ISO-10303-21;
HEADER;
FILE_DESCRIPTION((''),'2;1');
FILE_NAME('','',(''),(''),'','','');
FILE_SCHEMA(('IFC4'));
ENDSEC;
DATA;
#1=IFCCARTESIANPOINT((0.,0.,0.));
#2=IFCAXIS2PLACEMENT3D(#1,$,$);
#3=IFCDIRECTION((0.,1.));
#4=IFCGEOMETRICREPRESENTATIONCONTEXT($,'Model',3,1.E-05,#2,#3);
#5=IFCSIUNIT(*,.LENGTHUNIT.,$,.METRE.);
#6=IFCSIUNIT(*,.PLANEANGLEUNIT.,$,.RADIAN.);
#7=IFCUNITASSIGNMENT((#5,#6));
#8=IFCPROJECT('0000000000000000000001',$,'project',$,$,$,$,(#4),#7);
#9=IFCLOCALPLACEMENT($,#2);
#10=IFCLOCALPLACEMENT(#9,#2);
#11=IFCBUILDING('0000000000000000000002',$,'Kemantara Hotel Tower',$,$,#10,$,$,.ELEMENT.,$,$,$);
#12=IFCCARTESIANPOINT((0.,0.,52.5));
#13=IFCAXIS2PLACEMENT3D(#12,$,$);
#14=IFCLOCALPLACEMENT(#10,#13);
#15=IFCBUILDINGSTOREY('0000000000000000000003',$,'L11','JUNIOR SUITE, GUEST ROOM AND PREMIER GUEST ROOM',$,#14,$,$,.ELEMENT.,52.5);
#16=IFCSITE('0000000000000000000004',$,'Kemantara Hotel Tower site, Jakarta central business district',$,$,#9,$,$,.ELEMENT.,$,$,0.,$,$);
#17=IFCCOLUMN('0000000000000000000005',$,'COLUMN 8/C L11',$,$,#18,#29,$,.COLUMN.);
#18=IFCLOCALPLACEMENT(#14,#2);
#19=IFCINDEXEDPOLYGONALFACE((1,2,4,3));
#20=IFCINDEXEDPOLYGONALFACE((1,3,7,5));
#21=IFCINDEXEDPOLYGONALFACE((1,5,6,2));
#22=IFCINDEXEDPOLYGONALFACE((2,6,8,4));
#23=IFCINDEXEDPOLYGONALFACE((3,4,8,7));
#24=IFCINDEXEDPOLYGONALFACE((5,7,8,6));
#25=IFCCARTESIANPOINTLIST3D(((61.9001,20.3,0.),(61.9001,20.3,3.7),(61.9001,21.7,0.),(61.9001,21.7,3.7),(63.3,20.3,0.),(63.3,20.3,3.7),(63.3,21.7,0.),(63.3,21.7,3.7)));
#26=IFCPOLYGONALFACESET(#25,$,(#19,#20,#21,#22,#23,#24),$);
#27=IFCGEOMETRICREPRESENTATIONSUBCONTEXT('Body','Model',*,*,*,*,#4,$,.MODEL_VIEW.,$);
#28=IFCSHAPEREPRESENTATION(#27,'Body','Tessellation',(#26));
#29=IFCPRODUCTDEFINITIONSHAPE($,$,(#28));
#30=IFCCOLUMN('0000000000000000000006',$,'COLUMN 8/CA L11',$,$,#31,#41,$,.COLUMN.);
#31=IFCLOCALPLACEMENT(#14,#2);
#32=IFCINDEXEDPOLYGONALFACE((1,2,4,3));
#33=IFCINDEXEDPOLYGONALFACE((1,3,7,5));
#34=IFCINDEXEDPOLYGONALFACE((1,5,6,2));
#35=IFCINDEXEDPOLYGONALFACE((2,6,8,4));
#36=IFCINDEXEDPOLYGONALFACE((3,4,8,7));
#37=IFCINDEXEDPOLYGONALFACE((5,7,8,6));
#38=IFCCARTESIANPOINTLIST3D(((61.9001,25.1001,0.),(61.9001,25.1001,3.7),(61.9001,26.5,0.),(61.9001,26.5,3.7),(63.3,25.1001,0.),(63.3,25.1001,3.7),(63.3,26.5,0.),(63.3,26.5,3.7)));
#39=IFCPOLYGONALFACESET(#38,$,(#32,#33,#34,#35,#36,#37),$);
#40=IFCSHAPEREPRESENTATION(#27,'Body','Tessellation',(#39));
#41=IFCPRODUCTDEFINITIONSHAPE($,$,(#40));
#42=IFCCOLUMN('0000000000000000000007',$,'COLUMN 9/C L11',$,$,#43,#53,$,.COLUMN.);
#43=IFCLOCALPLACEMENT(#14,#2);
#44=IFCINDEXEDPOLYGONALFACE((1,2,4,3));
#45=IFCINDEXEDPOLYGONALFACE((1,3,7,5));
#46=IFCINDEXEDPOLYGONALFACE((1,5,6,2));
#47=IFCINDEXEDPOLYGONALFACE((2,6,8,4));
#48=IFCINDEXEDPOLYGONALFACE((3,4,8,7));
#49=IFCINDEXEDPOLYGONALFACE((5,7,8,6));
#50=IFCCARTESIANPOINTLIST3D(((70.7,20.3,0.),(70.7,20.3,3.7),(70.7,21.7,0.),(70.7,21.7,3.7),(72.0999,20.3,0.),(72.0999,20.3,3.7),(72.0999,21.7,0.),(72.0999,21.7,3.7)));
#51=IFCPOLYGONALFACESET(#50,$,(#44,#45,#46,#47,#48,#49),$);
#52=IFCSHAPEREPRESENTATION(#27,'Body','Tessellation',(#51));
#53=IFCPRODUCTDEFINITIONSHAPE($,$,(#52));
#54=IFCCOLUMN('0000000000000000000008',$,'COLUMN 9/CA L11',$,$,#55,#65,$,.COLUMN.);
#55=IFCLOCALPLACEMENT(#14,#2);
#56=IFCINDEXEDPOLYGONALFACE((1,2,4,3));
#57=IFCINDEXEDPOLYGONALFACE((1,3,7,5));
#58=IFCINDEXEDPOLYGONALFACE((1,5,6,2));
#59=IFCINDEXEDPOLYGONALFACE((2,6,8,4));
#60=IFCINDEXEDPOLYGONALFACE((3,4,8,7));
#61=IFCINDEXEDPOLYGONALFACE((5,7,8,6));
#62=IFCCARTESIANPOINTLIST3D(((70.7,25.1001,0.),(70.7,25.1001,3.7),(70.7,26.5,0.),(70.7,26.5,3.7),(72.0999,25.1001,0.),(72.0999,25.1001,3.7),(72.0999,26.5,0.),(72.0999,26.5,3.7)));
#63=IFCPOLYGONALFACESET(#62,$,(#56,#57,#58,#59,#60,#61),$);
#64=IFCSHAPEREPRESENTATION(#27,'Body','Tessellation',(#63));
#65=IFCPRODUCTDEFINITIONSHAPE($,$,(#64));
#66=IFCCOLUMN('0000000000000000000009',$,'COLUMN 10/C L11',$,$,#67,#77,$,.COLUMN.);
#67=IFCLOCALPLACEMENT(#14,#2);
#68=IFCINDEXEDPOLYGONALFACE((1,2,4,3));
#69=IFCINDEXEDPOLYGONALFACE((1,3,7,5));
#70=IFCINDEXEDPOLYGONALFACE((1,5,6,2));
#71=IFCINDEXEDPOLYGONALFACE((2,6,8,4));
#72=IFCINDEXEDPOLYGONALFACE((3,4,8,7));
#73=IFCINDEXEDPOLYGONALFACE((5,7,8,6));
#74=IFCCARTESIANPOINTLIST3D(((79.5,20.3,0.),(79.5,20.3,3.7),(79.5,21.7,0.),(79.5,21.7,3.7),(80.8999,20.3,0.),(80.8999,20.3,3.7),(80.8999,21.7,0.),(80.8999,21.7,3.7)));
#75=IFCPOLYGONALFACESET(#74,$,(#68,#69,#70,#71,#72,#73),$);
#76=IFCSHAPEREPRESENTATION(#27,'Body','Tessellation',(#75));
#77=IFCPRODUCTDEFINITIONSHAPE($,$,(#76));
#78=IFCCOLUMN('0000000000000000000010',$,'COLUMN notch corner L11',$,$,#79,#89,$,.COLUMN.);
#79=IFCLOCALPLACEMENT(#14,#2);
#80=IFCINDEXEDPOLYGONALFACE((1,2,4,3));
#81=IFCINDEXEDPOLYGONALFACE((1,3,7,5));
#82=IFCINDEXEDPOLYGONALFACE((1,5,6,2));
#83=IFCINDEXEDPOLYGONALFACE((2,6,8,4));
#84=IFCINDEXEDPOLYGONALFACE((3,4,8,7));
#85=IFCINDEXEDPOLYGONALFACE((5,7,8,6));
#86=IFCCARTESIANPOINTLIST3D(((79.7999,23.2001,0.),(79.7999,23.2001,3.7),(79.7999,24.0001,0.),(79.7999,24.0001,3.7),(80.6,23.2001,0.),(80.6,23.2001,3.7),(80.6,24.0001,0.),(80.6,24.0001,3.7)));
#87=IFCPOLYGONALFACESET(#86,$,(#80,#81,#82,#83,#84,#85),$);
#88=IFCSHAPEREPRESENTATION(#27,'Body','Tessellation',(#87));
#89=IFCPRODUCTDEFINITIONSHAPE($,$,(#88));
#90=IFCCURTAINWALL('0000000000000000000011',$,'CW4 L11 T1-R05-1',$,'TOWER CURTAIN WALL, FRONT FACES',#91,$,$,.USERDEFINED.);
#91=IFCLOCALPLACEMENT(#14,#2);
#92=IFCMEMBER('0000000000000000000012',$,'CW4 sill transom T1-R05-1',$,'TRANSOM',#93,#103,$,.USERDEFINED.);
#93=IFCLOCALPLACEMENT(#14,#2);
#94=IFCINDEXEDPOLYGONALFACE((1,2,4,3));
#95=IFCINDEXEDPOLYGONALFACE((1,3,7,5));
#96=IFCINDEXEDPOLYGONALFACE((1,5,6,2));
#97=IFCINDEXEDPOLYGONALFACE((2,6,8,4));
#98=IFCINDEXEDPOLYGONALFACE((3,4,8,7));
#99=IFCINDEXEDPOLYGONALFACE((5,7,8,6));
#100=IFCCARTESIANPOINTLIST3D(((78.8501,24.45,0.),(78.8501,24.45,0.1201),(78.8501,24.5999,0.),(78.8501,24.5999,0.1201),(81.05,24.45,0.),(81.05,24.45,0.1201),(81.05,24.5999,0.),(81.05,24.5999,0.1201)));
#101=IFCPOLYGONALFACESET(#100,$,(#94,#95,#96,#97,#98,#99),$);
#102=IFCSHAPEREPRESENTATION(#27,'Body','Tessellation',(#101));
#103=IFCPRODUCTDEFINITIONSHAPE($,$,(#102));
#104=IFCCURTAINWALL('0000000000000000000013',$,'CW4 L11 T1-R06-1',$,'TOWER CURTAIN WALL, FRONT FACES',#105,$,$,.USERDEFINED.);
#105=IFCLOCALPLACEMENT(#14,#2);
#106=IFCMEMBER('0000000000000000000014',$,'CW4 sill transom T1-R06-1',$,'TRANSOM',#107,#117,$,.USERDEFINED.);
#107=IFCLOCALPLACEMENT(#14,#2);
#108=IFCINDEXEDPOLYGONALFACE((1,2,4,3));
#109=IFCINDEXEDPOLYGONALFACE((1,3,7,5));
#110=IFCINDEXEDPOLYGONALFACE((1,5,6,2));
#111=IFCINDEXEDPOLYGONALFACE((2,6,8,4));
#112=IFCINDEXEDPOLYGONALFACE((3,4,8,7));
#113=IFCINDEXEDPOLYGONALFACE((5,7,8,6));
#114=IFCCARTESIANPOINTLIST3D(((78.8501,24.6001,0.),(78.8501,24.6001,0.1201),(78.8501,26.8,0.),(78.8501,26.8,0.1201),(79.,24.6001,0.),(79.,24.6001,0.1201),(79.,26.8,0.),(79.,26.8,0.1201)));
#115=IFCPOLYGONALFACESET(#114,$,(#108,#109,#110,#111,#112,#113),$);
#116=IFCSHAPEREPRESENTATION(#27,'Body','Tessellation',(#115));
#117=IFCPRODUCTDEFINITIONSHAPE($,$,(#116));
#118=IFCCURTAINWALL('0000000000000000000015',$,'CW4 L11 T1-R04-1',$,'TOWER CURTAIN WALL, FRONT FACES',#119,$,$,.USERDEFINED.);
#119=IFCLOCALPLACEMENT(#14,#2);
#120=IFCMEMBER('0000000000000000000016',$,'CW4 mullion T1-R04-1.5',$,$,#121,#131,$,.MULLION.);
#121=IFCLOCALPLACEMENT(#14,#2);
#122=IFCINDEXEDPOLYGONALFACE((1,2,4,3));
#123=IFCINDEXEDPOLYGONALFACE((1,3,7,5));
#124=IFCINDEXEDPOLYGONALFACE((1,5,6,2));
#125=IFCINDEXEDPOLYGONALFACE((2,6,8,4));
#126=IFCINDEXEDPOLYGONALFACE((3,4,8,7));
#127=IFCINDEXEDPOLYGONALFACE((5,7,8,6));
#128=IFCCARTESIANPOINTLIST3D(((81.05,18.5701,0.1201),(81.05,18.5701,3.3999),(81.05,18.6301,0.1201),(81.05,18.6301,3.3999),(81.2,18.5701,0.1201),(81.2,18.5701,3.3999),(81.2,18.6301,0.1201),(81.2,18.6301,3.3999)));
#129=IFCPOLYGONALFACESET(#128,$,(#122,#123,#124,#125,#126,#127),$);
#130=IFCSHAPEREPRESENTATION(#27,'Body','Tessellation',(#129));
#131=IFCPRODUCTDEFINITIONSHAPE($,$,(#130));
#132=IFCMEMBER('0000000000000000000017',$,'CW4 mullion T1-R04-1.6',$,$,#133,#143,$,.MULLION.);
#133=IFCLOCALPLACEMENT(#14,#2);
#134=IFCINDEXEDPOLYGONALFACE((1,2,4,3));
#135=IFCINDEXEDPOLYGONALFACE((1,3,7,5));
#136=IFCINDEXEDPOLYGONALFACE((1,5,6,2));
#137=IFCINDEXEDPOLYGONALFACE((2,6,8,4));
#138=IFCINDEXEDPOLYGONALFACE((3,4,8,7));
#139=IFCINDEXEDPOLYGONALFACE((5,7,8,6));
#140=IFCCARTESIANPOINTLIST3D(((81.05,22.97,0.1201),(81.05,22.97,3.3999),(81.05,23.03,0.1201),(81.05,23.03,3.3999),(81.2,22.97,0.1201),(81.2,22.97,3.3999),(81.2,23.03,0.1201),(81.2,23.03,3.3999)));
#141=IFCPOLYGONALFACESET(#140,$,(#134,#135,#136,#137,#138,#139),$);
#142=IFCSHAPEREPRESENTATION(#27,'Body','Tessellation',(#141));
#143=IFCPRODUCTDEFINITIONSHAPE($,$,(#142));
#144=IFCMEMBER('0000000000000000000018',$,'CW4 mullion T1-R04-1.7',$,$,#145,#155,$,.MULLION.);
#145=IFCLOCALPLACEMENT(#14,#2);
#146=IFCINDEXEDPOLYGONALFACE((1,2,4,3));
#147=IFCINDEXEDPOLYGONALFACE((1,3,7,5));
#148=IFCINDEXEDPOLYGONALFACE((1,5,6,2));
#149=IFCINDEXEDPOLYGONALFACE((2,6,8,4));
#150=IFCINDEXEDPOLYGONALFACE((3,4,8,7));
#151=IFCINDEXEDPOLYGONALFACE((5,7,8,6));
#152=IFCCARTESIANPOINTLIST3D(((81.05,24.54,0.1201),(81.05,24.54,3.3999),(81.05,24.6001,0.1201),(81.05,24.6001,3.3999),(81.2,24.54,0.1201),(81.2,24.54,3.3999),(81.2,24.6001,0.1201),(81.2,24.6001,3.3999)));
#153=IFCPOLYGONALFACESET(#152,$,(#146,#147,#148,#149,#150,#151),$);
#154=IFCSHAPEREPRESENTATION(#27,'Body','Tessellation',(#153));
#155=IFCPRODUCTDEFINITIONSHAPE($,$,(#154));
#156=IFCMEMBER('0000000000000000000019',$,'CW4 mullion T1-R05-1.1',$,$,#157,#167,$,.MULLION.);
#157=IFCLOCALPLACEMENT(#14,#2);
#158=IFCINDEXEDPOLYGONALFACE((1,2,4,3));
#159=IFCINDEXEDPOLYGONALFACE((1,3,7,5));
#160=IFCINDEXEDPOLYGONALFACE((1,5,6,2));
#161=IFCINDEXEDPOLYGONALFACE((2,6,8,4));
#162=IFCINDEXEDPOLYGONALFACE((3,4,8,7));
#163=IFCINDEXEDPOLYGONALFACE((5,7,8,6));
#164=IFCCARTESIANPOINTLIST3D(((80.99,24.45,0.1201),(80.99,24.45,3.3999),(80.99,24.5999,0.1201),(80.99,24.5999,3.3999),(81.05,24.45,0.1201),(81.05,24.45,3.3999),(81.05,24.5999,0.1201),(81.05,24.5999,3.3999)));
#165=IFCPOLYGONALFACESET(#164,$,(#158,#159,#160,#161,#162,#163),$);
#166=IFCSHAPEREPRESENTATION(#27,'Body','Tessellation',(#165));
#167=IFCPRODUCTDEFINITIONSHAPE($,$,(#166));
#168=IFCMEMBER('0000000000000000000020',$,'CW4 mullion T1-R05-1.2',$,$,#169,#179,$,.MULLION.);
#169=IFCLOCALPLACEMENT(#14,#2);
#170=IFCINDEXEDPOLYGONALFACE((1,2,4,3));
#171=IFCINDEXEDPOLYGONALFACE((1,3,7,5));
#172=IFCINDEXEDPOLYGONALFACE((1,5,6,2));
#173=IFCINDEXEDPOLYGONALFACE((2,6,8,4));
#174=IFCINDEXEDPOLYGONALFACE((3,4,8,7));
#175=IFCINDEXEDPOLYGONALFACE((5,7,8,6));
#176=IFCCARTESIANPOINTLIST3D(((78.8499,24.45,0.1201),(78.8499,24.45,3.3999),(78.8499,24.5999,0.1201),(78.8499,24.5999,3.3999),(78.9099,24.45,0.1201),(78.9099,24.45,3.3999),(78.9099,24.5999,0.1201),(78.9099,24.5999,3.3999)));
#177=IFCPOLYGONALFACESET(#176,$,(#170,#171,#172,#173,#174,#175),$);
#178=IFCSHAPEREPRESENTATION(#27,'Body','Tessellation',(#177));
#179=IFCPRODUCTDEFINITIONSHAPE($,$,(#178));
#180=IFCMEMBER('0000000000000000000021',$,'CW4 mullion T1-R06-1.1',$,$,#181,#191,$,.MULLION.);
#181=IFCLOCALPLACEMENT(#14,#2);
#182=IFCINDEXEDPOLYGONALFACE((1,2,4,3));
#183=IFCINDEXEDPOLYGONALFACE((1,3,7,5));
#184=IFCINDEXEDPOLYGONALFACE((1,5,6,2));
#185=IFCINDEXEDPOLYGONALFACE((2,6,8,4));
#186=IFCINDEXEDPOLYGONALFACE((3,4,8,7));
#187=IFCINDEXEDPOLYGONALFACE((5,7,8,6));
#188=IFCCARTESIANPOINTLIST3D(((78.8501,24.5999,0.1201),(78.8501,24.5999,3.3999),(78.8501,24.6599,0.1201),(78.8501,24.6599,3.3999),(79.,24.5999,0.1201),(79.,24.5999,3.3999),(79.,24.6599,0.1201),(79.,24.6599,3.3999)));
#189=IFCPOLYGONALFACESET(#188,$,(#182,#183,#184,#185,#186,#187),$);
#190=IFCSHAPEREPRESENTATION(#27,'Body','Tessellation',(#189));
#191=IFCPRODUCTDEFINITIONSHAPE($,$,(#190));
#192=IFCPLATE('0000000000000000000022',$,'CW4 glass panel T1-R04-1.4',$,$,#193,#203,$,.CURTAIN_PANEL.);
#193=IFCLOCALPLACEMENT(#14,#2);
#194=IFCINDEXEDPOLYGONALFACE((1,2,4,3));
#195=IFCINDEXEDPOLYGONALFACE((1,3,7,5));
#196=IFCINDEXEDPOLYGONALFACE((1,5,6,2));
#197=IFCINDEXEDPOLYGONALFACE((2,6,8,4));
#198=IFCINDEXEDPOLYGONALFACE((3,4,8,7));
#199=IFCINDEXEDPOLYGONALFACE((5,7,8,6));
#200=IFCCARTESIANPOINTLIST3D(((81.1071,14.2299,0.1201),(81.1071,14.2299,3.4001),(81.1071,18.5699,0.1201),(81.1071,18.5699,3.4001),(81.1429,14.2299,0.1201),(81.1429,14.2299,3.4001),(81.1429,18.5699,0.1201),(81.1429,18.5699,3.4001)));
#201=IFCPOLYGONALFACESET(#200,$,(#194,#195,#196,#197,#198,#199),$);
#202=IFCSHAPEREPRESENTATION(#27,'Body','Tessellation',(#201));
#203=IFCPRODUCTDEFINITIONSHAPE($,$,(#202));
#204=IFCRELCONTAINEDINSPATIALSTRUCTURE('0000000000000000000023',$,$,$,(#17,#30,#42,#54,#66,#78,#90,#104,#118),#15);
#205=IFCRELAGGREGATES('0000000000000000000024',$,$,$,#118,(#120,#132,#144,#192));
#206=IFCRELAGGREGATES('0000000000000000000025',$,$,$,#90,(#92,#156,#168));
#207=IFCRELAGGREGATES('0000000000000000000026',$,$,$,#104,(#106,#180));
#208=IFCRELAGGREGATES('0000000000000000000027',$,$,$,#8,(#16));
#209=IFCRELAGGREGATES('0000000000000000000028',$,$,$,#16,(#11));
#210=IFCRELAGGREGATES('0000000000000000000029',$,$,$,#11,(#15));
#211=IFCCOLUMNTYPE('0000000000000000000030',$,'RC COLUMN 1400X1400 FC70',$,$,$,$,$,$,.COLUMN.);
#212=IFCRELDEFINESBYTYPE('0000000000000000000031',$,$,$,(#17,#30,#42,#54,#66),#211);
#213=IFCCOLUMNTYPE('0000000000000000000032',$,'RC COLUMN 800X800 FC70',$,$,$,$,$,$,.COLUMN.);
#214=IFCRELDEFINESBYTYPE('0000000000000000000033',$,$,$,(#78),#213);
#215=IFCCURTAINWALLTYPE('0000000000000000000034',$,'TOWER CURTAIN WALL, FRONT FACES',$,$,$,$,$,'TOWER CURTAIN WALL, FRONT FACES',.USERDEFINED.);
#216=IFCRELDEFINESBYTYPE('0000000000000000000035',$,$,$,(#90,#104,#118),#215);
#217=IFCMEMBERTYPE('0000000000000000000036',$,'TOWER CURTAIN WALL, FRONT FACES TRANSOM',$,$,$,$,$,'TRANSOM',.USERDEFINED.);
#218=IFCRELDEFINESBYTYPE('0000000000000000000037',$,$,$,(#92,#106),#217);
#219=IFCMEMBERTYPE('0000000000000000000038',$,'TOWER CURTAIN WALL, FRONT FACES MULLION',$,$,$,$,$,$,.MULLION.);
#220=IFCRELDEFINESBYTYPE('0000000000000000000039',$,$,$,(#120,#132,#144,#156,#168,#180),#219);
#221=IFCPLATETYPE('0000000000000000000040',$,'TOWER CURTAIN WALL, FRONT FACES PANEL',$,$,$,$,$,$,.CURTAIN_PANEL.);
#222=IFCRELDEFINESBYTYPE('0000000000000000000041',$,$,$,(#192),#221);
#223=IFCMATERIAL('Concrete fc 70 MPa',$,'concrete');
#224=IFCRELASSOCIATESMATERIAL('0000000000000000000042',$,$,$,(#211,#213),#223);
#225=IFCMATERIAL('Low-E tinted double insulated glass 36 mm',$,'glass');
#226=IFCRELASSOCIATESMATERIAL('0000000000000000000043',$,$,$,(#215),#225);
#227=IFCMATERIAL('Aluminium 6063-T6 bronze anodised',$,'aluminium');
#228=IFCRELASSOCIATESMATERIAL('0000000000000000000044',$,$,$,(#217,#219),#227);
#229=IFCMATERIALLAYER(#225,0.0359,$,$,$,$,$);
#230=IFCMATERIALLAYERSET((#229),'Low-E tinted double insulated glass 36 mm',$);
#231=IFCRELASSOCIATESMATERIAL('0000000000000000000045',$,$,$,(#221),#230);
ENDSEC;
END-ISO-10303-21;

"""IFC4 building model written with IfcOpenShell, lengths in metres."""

from ifc_helpers import new_model, si_unit, direction, frame, origin, origin_2d, place, context, subcontext, project, spatial, rectangle, extrude, source, transform, mapped, material, layer, layer_set, material_profile, profile_set, type_object, element, aggregate, save


model = new_model("IFC4")

# Units and contexts
model_context = context("Model", 3, precision=1e-05, world=origin(), true_north=direction((0.0, 1.0)))
body_context = subcontext(model_context, "Body", "Model", "MODEL_VIEW")
ifc_project = project(units=[si_unit("LENGTHUNIT", "METRE"), si_unit("PLANEANGLEUNIT", "RADIAN")], contexts=[model_context])

# Site, building, storey
site_placement = place(None, origin())
site = spatial("IfcSite", under=ifc_project, at=site_placement, Name="Kemantara Hotel Tower site, Jakarta central business district", CompositionType="ELEMENT", RefElevation=0.0)
building_placement = place(site_placement, origin())
building = spatial("IfcBuilding", under=site, at=building_placement, Name="Kemantara Hotel Tower", CompositionType="ELEMENT")
storey_placement = place(building_placement, frame((0.0, 0.0, 52.5)))
storey = spatial("IfcBuildingStorey", under=building, at=storey_placement, Name="L11", Description="JUNIOR SUITE, GUEST ROOM AND PREMIER GUEST ROOM", CompositionType="ELEMENT", Elevation=52.5)

# Columns
ifc_material_1 = material(Name="Concrete fc 70 MPa", Category="concrete")
ifc_material_profile_1 = material_profile(ifc_material_1, rectangle(XDim=1.3999, YDim=1.3999, at=origin_2d()), Name="RC 1400X1400")
ifc_profile_set_1 = profile_set([ifc_material_profile_1], Name="Concrete fc 70 MPa")
column_type_1 = type_object("IfcColumnType", Name="RC COLUMN 1400X1400 FC70", PredefinedType="COLUMN", material=ifc_profile_set_1)
for number, where, z_axis, x_axis, name in (
    (1, (62.6001, 21.0, 0.0), (0.0, 0.0, 1.0), (1.0, 0.0, 0.0), "COLUMN 8/C L11"),
    (2, (62.6001, 25.8, 0.0), (0.0, 0.0, 1.0), (1.0, 0.0, 0.0), "COLUMN 8/CA L11"),
    (3, (71.3999, 21.0, 0.0), (0.0, 0.0, 1.0), (1.0, 0.0, 0.0), "COLUMN 9/C L11"),
    (4, (71.3999, 25.8, 0.0), (0.0, 0.0, 1.0), (1.0, 0.0, 0.0), "COLUMN 9/CA L11"),
    (5, (80.2, 21.0, 0.0), (0.0, 0.0, 1.0), (1.0, 0.0, 0.0), "COLUMN 10/C L11"),
):
    element("IfcColumn", number, at=place(storey_placement, frame(where, z_axis=z_axis, x_axis=x_axis)), inside=storey, type_object=column_type_1, Name=name, PredefinedType="COLUMN", context=body_context, shape_type="SweptSolid", body=[
        extrude(rectangle(XDim=1.3999, YDim=1.3999, at=origin_2d()), origin(), (0.0, 0.0, 1.0), 3.7),
    ])
ifc_material_profile_2 = material_profile(ifc_material_1, rectangle(XDim=0.8, YDim=0.8, at=origin_2d()), Name="RC 800X800")
ifc_profile_set_2 = profile_set([ifc_material_profile_2], Name="Concrete fc 70 MPa")
column_type_2 = type_object("IfcColumnType", Name="RC COLUMN 800X800 FC70", PredefinedType="COLUMN", material=ifc_profile_set_2)
column_placement = place(storey_placement, frame((80.2, 23.6001, 0.0), z_axis=(0.0, 0.0, 1.0), x_axis=(1.0, 0.0, 0.0)))
element("IfcColumn", 6, at=column_placement, inside=storey, type_object=column_type_2, Name="COLUMN notch corner L11", PredefinedType="COLUMN", context=body_context, shape_type="SweptSolid", body=[
    extrude(rectangle(XDim=0.8, YDim=0.8, at=origin_2d()), origin(), (0.0, 0.0, 1.0), 3.7),
])

# Curtain walls, members
ifc_material_2 = material(Name="Low-E tinted double insulated glass 36 mm", Category="glass")
curtain_wall_type = type_object("IfcCurtainWallType", Name="TOWER CURTAIN WALL, FRONT FACES", ElementType="TOWER CURTAIN WALL, FRONT FACES", PredefinedType="USERDEFINED", material=ifc_material_2)
curtain_wall_1_placement = place(storey_placement, origin())
curtain_wall_1 = element("IfcCurtainWall", 7, at=curtain_wall_1_placement, inside=storey, type_object=curtain_wall_type, Name="CW4 L11 T1-R05-1", ObjectType="TOWER CURTAIN WALL, FRONT FACES", PredefinedType="USERDEFINED")
ifc_material_3 = material(Name="Aluminium 6063-T6 bronze anodised", Category="aluminium")
ifc_material_profile_3 = material_profile(ifc_material_3, rectangle(XDim=0.1499, YDim=0.1201, at=origin_2d()), Name="TOWER CURTAIN WALL, FRONT FACES TRANSOM")
ifc_profile_set_3 = profile_set([ifc_material_profile_3], Name="Aluminium 6063-T6 bronze anodised")
member_type_1 = type_object("IfcMemberType", Name="TOWER CURTAIN WALL, FRONT FACES TRANSOM", ElementType="TRANSOM", PredefinedType="USERDEFINED", material=ifc_profile_set_3)
member_1_placement = place(storey_placement, frame((81.05, 24.5249, 0.0601), z_axis=(-1.0, 0.0, 0.0), x_axis=(0.0, -1.0, 0.0)))
member_1 = element("IfcMember", 8, at=member_1_placement, type_object=member_type_1, Name="CW4 sill transom T1-R05-1", ObjectType="TRANSOM", PredefinedType="USERDEFINED", context=body_context, shape_type="SweptSolid", body=[
    extrude(rectangle(XDim=0.1499, YDim=0.1201, at=origin_2d()), origin(), (0.0, 0.0, 1.0), 2.2),
])
curtain_wall_2_placement = place(storey_placement, origin())
curtain_wall_2 = element("IfcCurtainWall", 9, at=curtain_wall_2_placement, inside=storey, type_object=curtain_wall_type, Name="CW4 L11 T1-R06-1", ObjectType="TOWER CURTAIN WALL, FRONT FACES", PredefinedType="USERDEFINED")
member_2_placement = place(storey_placement, frame((78.925, 24.6001, 0.0601), z_axis=(0.0, 1.0, 0.0), x_axis=(-1.0, 0.0, 0.0)))
member_2 = element("IfcMember", 10, at=member_2_placement, type_object=member_type_1, Name="CW4 sill transom T1-R06-1", ObjectType="TRANSOM", PredefinedType="USERDEFINED", context=body_context, shape_type="SweptSolid", body=[
    extrude(rectangle(XDim=0.1499, YDim=0.1201, at=origin_2d()), origin(), (0.0, 0.0, 1.0), 2.2),
])

# Curtain wall, members
curtain_wall_3_placement = place(storey_placement, origin())
curtain_wall_3 = element("IfcCurtainWall", 11, at=curtain_wall_3_placement, inside=storey, type_object=curtain_wall_type, Name="CW4 L11 T1-R04-1", ObjectType="TOWER CURTAIN WALL, FRONT FACES", PredefinedType="USERDEFINED")
ifc_material_profile_4 = material_profile(ifc_material_3, rectangle(XDim=0.1499, YDim=0.0601, at=origin_2d()), Name="TOWER CURTAIN WALL, FRONT FACES MULLION")
ifc_profile_set_4 = profile_set([ifc_material_profile_4], Name="Aluminium 6063-T6 bronze anodised")
member_type_2 = type_object("IfcMemberType", Name="TOWER CURTAIN WALL, FRONT FACES MULLION", PredefinedType="MULLION", material=ifc_profile_set_4)
shared_shape_1 = source(origin(), body_context, "Body", "SweptSolid", [
    extrude(rectangle(XDim=0.1499, YDim=0.0601, at=origin_2d()), origin(), (0.0, 0.0, 1.0), 3.2798),
])
member_3_placement = place(storey_placement, frame((81.125, 18.6001, 0.1201), z_axis=(0.0, 0.0, 1.0), x_axis=(-1.0, 0.0, 0.0)))
member_3 = element("IfcMember", 12, at=member_3_placement, type_object=member_type_2, Name="CW4 mullion T1-R04-1.5", PredefinedType="MULLION", context=body_context, shape_type="MappedRepresentation", body=[
    mapped(shared_shape_1, transform((0.0, 0.0, 0.0))),
])
member_4_placement = place(storey_placement, frame((81.125, 23.0, 0.1201), z_axis=(0.0, 0.0, 1.0), x_axis=(-1.0, 0.0, 0.0)))
member_4 = element("IfcMember", 13, at=member_4_placement, type_object=member_type_2, Name="CW4 mullion T1-R04-1.6", PredefinedType="MULLION", context=body_context, shape_type="MappedRepresentation", body=[
    mapped(shared_shape_1, transform((0.0, 0.0, 0.0))),
])
member_5_placement = place(storey_placement, frame((81.125, 24.5701, 0.1201), z_axis=(0.0, 0.0, 1.0), x_axis=(-1.0, 0.0, 0.0)))
member_5 = element("IfcMember", 14, at=member_5_placement, type_object=member_type_2, Name="CW4 mullion T1-R04-1.7", PredefinedType="MULLION", context=body_context, shape_type="MappedRepresentation", body=[
    mapped(shared_shape_1, transform((0.0, 0.0, 0.0))),
])

# Members
member_6_placement = place(storey_placement, frame((81.02, 24.5249, 0.1201), z_axis=(0.0, 0.0, 1.0), x_axis=(0.0, -1.0, 0.0)))
member_6 = element("IfcMember", 15, at=member_6_placement, type_object=member_type_2, Name="CW4 mullion T1-R05-1.1", PredefinedType="MULLION", context=body_context, shape_type="MappedRepresentation", body=[
    mapped(shared_shape_1, transform((0.0, 0.0, 0.0))),
])
member_7_placement = place(storey_placement, frame((78.8799, 24.5249, 0.1201), z_axis=(0.0, 0.0, 1.0), x_axis=(0.0, -1.0, 0.0)))
member_7 = element("IfcMember", 16, at=member_7_placement, type_object=member_type_2, Name="CW4 mullion T1-R05-1.2", PredefinedType="MULLION", context=body_context, shape_type="MappedRepresentation", body=[
    mapped(shared_shape_1, transform((0.0, 0.0, 0.0))),
])
member_8_placement = place(storey_placement, frame((78.925, 24.6299, 0.1201), z_axis=(0.0, 0.0, 1.0), x_axis=(-1.0, 0.0, 0.0)))
member_8 = element("IfcMember", 17, at=member_8_placement, type_object=member_type_2, Name="CW4 mullion T1-R06-1.1", PredefinedType="MULLION", context=body_context, shape_type="MappedRepresentation", body=[
    mapped(shared_shape_1, transform((0.0, 0.0, 0.0))),
])

# Plate
ifc_layer_1 = layer(ifc_material_2, 0.0359)
ifc_layer_set_1 = layer_set([ifc_layer_1], Name="Low-E tinted double insulated glass 36 mm")
plate_type = type_object("IfcPlateType", Name="TOWER CURTAIN WALL, FRONT FACES PANEL", PredefinedType="CURTAIN_PANEL", material=ifc_layer_set_1)
shared_shape_2 = source(origin(), body_context, "Body", "SweptSolid", [
    extrude(rectangle(XDim=4.3401, YDim=0.0359, at=origin_2d()), origin(), (0.0, 0.0, 1.0), 3.28),
])
plate_1_placement = place(storey_placement, frame((81.125, 16.3999, 0.1201), z_axis=(0.0, 0.0, 1.0), x_axis=(0.0, 1.0, 0.0)))
plate_1 = element("IfcPlate", 18, at=plate_1_placement, type_object=plate_type, Name="CW4 glass panel T1-R04-1.4", PredefinedType="CURTAIN_PANEL", context=body_context, shape_type="MappedRepresentation", body=[
    mapped(shared_shape_2, transform((0.0, 0.0, 0.0))),
])

aggregate(curtain_wall_3, [member_3, member_4, member_5, plate_1])
aggregate(curtain_wall_1, [member_1, member_6, member_7])
aggregate(curtain_wall_2, [member_2, member_8])

save(model, "model.ifc")
